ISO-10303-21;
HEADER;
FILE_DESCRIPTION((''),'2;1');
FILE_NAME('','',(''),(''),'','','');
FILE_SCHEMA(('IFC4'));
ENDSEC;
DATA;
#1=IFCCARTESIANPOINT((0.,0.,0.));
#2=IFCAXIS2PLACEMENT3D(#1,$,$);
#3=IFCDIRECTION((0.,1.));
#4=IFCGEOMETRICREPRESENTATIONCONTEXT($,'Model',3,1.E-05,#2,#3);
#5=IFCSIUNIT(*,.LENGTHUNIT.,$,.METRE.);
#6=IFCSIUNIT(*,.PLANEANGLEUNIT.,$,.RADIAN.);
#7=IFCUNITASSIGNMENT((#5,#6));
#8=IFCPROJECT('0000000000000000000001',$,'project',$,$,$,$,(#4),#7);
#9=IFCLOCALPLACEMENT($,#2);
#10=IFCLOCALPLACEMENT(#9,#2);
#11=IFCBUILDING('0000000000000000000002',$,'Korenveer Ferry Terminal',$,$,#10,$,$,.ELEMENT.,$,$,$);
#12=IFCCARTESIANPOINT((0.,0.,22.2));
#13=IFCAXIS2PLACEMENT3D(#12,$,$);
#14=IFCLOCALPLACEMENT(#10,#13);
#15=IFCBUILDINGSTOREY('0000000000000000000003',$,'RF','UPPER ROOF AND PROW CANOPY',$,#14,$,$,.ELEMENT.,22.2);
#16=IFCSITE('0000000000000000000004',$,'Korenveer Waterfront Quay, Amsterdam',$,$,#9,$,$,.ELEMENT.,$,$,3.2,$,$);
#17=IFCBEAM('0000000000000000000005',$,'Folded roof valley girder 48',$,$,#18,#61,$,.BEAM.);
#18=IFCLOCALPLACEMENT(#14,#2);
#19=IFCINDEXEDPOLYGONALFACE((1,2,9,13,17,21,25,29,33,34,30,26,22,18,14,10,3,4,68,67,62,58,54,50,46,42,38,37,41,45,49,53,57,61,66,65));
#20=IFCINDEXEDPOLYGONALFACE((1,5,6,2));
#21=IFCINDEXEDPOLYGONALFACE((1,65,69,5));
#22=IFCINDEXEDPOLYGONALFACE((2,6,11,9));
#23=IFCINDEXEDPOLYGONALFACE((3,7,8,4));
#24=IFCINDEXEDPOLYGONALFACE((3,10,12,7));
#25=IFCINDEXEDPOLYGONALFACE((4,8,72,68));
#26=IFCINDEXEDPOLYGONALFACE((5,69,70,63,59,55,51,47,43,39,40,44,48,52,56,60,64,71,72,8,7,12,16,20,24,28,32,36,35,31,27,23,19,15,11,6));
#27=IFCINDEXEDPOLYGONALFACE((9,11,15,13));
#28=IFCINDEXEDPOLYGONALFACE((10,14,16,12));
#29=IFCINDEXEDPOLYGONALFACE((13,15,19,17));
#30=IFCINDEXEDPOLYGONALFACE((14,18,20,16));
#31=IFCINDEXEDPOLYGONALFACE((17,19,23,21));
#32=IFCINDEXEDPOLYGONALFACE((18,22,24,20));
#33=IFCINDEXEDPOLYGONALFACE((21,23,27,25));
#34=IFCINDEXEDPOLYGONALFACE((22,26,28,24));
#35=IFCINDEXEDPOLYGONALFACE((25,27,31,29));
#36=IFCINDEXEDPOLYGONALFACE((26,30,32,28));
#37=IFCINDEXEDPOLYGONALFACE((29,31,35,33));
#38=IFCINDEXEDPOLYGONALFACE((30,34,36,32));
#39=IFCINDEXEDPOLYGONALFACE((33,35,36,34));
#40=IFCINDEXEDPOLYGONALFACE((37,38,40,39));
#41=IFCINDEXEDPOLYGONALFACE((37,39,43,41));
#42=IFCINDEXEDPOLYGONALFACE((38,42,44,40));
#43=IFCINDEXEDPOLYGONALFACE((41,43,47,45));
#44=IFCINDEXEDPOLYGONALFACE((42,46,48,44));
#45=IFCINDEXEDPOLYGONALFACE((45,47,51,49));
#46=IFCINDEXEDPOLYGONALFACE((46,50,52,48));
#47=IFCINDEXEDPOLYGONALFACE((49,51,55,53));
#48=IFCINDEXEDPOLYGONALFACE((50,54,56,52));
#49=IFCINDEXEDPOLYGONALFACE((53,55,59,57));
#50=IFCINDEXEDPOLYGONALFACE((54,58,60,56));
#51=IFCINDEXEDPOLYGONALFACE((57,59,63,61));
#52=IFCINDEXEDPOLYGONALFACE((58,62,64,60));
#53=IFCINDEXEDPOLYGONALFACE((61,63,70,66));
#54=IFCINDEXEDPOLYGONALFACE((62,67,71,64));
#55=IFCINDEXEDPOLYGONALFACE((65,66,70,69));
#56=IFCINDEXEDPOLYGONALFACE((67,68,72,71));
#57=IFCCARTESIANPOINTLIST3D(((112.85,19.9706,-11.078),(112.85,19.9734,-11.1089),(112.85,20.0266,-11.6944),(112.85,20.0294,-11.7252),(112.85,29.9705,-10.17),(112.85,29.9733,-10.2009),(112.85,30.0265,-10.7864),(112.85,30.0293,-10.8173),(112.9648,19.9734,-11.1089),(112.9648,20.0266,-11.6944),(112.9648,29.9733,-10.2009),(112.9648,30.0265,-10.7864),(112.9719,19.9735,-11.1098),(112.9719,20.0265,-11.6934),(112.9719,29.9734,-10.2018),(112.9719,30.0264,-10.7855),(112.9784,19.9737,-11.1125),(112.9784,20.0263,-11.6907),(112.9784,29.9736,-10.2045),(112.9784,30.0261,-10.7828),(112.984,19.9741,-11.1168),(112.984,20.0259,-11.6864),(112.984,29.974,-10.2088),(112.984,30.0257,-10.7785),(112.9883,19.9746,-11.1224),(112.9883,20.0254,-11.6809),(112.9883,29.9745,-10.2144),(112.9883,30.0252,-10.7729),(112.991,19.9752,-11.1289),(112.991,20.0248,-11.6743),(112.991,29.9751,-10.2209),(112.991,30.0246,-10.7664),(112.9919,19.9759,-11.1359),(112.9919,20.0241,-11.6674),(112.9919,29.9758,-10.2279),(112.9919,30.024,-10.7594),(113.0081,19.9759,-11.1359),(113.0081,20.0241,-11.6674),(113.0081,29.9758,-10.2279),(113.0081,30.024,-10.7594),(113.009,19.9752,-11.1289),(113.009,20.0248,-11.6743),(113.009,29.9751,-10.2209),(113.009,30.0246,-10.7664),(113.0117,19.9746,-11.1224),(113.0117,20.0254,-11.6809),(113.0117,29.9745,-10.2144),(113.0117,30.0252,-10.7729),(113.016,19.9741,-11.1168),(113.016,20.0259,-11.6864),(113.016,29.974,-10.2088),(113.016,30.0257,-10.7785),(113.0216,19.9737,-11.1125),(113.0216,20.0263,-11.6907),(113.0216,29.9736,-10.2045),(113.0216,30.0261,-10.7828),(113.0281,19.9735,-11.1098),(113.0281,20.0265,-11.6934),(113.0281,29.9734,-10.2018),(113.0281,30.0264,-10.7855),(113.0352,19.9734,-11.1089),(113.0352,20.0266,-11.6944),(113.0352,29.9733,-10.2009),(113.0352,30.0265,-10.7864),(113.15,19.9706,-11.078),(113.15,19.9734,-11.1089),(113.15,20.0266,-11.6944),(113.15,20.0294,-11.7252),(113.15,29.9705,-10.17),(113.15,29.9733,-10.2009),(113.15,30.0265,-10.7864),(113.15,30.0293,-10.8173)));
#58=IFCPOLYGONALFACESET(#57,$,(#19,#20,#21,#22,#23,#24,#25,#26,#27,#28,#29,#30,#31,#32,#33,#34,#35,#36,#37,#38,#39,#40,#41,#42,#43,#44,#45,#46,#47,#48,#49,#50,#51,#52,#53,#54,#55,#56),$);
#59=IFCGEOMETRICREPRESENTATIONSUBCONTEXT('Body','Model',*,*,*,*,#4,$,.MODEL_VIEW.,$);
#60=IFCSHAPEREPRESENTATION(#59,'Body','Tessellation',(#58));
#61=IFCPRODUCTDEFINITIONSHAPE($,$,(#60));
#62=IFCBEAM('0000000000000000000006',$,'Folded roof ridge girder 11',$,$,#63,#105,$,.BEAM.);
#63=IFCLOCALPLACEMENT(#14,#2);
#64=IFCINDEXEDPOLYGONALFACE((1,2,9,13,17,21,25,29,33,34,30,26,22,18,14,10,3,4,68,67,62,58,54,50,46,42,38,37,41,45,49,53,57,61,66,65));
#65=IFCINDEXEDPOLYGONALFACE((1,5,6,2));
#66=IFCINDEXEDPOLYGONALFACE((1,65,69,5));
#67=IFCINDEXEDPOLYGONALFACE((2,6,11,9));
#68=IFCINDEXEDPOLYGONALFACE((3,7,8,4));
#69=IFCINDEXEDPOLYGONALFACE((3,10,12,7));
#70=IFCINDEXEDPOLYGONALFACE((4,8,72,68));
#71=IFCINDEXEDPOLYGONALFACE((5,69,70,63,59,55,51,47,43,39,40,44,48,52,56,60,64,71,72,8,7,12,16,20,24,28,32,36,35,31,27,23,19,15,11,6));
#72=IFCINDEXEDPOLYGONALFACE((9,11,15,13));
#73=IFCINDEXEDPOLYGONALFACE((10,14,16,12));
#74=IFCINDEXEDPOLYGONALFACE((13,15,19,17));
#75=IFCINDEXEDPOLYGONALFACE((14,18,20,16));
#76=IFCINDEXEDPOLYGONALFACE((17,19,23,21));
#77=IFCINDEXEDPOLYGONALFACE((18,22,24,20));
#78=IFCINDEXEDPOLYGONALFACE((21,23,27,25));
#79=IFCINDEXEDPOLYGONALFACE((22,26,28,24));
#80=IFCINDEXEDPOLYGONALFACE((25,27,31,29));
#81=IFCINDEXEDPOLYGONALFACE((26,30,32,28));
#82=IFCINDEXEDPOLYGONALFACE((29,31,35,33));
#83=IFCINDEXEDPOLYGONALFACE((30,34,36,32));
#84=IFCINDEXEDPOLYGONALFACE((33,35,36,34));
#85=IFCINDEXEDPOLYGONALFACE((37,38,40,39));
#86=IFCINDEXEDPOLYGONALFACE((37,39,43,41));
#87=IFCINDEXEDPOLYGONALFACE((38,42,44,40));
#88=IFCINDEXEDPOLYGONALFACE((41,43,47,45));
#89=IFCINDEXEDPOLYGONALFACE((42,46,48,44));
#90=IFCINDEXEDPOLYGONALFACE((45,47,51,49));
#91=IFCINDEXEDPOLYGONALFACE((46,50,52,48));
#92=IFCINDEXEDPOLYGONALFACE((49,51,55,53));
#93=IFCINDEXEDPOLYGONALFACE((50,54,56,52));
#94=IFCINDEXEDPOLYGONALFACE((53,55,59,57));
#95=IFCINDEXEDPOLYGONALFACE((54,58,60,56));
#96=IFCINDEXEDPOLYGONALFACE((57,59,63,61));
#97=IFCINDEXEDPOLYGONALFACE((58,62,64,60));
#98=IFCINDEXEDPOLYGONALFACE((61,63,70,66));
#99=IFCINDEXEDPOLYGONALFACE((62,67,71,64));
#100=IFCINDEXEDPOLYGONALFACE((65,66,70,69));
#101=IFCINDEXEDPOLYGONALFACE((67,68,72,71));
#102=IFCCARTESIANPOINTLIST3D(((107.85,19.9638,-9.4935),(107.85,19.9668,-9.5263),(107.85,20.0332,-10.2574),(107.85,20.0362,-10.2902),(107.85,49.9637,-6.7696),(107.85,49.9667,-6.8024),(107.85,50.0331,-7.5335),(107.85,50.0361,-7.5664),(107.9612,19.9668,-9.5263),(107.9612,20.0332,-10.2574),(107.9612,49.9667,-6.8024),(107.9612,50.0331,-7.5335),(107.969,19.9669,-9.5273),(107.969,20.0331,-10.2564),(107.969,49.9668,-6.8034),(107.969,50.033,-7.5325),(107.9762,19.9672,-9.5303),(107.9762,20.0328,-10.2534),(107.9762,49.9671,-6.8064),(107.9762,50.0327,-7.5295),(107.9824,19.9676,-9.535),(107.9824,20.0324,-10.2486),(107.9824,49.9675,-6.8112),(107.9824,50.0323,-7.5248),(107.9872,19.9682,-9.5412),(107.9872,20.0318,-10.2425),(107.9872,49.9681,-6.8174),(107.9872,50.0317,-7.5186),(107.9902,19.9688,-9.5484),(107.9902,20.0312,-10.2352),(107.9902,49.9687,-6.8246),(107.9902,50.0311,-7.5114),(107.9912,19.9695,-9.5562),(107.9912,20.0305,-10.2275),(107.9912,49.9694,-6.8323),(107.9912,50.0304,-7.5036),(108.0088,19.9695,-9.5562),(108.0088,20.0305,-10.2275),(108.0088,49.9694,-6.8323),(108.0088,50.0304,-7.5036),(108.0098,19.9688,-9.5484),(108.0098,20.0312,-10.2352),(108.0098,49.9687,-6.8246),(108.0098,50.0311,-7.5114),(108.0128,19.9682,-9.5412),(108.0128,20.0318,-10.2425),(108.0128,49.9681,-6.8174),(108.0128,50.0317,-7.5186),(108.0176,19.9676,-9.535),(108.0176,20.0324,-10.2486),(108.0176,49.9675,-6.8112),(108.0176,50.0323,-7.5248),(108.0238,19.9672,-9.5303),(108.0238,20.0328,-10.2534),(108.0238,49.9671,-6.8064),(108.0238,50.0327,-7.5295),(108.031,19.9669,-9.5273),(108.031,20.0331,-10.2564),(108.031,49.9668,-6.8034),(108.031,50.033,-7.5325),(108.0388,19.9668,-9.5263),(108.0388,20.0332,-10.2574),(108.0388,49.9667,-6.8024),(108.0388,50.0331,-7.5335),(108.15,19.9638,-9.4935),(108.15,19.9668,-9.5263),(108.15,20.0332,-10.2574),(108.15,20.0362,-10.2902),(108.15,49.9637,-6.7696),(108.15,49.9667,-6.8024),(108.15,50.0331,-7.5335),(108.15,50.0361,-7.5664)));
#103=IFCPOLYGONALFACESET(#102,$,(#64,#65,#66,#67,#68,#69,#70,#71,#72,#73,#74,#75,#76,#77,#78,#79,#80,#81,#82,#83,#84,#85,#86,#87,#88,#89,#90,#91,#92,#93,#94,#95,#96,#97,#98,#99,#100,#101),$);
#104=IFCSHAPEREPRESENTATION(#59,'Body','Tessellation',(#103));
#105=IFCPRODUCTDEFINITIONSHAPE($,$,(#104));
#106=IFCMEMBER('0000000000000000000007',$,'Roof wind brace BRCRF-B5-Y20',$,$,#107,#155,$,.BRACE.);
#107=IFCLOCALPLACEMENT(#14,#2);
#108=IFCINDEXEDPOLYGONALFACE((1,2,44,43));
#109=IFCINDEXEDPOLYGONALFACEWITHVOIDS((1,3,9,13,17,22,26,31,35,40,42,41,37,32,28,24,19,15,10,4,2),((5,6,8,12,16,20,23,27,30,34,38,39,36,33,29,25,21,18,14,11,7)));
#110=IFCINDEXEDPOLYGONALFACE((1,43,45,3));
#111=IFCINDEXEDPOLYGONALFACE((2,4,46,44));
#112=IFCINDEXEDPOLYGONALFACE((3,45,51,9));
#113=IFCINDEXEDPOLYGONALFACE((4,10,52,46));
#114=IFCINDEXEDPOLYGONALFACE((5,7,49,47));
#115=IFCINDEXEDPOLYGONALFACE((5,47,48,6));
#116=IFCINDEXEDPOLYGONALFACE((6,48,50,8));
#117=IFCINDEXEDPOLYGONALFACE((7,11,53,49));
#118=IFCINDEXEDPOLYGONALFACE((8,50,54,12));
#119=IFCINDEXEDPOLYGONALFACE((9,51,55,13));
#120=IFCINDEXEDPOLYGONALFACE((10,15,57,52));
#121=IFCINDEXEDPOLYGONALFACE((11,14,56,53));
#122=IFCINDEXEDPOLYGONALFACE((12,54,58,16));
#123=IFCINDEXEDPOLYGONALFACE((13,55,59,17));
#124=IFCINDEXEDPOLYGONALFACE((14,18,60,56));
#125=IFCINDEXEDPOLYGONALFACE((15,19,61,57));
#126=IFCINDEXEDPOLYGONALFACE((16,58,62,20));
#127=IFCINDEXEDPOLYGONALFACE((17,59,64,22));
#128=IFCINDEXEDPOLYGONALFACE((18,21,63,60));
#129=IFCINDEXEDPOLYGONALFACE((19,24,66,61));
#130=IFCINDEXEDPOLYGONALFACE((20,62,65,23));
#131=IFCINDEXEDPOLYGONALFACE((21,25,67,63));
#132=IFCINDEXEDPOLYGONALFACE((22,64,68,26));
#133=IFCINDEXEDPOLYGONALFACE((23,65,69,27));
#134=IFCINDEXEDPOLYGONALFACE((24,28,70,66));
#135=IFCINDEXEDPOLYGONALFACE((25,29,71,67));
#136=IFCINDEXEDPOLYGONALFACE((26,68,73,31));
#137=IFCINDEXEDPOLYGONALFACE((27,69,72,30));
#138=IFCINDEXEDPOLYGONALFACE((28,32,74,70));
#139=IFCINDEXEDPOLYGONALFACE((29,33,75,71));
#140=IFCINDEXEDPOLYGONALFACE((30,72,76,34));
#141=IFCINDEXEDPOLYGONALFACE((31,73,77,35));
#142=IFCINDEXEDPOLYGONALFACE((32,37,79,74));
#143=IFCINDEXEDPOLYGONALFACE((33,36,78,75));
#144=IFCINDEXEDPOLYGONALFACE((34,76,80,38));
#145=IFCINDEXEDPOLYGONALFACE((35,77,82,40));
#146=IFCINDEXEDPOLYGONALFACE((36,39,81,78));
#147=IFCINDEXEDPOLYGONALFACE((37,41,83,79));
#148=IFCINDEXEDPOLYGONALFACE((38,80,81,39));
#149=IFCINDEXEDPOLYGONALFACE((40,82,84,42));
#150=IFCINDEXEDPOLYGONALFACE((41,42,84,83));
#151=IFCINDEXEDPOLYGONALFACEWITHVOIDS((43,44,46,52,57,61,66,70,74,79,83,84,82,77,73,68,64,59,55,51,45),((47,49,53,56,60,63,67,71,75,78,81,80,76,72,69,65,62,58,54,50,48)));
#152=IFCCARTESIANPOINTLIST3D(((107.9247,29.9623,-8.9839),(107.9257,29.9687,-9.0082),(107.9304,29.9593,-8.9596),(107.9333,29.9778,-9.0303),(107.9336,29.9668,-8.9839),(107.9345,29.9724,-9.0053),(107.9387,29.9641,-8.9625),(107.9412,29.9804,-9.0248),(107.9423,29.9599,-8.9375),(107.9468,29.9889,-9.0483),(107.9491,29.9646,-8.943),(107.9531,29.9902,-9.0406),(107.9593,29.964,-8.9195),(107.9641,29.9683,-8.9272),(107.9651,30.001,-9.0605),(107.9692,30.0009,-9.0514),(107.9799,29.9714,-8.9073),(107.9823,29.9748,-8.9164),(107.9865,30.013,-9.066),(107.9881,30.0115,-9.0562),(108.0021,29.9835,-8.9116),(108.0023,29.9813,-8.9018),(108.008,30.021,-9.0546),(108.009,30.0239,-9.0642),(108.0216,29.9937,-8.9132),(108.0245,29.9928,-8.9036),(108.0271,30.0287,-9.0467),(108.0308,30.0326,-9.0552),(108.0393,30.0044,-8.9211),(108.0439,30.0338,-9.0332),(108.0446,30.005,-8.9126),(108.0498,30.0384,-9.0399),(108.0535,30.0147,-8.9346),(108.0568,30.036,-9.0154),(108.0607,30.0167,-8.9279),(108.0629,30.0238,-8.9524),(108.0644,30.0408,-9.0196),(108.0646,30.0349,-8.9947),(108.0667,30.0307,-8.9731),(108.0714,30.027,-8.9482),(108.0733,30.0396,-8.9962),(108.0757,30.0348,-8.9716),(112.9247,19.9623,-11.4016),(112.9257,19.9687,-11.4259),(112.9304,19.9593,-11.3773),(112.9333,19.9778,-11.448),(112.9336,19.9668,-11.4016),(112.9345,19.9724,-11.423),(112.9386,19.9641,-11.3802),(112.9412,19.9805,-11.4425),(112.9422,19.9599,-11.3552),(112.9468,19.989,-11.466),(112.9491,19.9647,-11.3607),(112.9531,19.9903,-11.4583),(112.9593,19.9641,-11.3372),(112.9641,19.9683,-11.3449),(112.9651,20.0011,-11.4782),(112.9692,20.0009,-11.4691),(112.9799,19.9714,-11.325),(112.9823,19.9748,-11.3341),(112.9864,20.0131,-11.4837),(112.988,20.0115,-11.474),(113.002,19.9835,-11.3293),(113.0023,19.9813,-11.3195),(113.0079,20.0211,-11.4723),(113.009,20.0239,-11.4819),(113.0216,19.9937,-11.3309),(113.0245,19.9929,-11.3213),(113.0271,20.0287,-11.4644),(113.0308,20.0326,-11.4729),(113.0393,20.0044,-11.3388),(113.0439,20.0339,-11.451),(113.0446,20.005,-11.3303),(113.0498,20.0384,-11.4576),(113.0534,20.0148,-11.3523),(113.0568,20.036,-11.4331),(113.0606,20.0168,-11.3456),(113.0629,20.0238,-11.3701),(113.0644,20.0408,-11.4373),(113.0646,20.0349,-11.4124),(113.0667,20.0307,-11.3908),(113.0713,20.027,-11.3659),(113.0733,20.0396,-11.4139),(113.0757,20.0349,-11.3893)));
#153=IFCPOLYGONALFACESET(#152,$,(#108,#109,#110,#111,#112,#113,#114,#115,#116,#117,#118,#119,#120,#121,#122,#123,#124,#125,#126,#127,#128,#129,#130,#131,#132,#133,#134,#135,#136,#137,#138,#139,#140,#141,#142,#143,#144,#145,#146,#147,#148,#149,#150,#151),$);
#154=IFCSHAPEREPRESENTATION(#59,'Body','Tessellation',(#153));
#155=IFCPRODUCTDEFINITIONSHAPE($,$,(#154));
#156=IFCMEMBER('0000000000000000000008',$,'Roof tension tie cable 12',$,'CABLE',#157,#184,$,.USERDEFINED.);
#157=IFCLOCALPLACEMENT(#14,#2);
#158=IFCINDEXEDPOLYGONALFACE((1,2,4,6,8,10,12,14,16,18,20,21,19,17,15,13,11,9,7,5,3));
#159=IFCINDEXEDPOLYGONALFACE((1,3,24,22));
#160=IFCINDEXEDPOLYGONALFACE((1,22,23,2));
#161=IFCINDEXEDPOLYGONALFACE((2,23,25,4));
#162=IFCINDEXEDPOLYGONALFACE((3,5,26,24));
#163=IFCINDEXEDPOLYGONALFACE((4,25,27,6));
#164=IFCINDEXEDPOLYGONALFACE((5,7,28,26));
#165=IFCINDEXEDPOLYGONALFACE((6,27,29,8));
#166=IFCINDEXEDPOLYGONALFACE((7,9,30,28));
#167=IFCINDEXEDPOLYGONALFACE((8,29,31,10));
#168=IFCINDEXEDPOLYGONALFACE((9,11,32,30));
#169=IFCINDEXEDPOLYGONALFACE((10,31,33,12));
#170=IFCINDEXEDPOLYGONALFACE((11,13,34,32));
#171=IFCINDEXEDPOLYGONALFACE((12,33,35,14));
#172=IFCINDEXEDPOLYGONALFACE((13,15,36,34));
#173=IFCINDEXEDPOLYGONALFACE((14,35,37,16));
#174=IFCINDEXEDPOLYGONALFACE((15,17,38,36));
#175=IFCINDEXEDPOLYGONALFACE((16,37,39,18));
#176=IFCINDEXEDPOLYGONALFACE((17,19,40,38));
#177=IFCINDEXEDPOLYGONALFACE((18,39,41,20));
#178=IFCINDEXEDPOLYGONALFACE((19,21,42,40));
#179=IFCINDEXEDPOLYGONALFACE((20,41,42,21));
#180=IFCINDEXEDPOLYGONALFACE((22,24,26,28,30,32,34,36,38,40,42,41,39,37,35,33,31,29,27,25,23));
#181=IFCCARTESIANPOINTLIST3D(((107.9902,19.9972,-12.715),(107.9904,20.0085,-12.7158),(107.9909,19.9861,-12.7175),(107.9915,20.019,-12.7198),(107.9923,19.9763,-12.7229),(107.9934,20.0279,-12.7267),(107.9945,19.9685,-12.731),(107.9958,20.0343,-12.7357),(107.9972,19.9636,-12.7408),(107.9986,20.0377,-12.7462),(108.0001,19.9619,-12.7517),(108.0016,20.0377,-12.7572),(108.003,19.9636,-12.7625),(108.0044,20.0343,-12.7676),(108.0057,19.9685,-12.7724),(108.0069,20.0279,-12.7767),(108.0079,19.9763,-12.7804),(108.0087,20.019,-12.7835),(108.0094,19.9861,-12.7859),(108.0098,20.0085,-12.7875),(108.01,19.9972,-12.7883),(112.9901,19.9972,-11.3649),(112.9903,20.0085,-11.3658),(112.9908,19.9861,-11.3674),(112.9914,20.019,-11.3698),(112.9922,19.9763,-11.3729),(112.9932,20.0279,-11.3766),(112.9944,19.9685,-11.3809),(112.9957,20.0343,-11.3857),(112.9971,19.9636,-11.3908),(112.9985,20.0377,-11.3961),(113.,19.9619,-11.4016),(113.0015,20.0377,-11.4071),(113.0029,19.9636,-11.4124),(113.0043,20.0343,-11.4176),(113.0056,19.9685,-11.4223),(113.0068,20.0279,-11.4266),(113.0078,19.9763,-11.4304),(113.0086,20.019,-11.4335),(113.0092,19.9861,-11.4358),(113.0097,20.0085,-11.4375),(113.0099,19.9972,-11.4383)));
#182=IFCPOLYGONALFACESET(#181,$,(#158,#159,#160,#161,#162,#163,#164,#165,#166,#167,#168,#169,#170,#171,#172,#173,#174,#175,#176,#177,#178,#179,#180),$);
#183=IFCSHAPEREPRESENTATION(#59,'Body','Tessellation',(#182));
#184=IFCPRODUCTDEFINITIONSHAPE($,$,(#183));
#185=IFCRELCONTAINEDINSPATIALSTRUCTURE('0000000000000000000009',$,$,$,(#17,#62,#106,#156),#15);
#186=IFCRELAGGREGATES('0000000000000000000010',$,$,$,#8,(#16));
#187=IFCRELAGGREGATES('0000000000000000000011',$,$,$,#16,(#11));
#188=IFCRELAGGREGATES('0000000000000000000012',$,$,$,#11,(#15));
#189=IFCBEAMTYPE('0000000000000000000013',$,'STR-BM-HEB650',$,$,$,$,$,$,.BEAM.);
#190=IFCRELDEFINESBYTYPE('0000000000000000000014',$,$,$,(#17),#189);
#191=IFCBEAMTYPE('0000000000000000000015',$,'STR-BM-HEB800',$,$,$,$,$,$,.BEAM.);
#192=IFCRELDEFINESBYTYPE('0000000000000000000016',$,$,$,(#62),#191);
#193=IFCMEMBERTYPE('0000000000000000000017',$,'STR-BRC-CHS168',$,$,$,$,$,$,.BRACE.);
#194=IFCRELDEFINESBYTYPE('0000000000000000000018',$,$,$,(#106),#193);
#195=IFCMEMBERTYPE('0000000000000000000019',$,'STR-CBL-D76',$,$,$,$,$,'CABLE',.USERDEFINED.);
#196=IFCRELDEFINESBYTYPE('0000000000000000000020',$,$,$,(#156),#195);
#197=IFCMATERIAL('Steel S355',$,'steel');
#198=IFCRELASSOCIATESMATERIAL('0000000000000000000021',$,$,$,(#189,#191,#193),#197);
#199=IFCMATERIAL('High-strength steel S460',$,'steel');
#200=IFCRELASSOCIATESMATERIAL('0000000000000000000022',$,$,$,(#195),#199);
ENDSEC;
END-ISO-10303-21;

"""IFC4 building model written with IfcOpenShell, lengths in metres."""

from ifc_helpers import new_model, si_unit, direction, frame, origin, origin_2d, place, context, subcontext, project, spatial, circle, hollow_circle, i_section, extrude, material, material_profile, profile_set, type_object, element, save


model = new_model("IFC4")

# Units and contexts
model_context = context("Model", 3, precision=1e-05, world=origin(), true_north=direction((0.0, 1.0)))
body_context = subcontext(model_context, "Body", "Model", "MODEL_VIEW")
ifc_project = project(units=[si_unit("LENGTHUNIT", "METRE"), si_unit("PLANEANGLEUNIT", "RADIAN")], contexts=[model_context])

# Site, building, storey
site_placement = place(None, origin())
site = spatial("IfcSite", under=ifc_project, at=site_placement, Name="Korenveer Waterfront Quay, Amsterdam", CompositionType="ELEMENT", RefElevation=3.2)
building_placement = place(site_placement, origin())
building = spatial("IfcBuilding", under=site, at=building_placement, Name="Korenveer Ferry Terminal", CompositionType="ELEMENT")
storey_placement = place(building_placement, frame((0.0, 0.0, 22.2)))
storey = spatial("IfcBuildingStorey", under=building, at=storey_placement, Name="RF", Description="UPPER ROOF AND PROW CANOPY", CompositionType="ELEMENT", Elevation=22.2)

# Beams
ifc_material_1 = material(Name="Steel S355", Category="steel")
ifc_material_profile_1 = material_profile(ifc_material_1, i_section(OverallWidth=0.3, OverallDepth=0.6499, WebThickness=0.0161, FlangeThickness=0.031, FilletRadius=0.0271, at=origin_2d()), Name="HEB 650")
ifc_profile_set_1 = profile_set([ifc_material_profile_1], Name="Steel S355")
beam_type_1 = type_object("IfcBeamType", Name="STR-BM-HEB650", PredefinedType="BEAM", material=ifc_profile_set_1)
beam_1_placement = place(storey_placement, frame((113.0, 20.0, -11.4016), z_axis=(0.0, 0.995903, 0.090424), x_axis=(-1.0, 0.0, 0.0)))
element("IfcBeam", 1, at=beam_1_placement, inside=storey, type_object=beam_type_1, Name="Folded roof valley girder 48", PredefinedType="BEAM", context=body_context, shape_type="SweptSolid", body=[
    extrude(i_section(OverallWidth=0.3, OverallDepth=0.6499, WebThickness=0.0161, FlangeThickness=0.031, FilletRadius=0.0271, at=origin_2d()), origin(), (0.0, 0.0, 1.0), 10.041),
])
ifc_material_profile_2 = material_profile(ifc_material_1, i_section(OverallWidth=0.3, OverallDepth=0.8, WebThickness=0.0176, FlangeThickness=0.033, FilletRadius=0.03, at=origin_2d()), Name="HEB 800")
ifc_profile_set_2 = profile_set([ifc_material_profile_2], Name="Steel S355")
beam_type_2 = type_object("IfcBeamType", Name="STR-BM-HEB800", PredefinedType="BEAM", material=ifc_profile_set_2)
beam_2_placement = place(storey_placement, frame((108.0, 20.0, -9.8918), z_axis=(0.0, 0.995903, 0.090424), x_axis=(-1.0, 0.0, 0.0)))
element("IfcBeam", 2, at=beam_2_placement, inside=storey, type_object=beam_type_2, Name="Folded roof ridge girder 11", PredefinedType="BEAM", context=body_context, shape_type="SweptSolid", body=[
    extrude(i_section(OverallWidth=0.3, OverallDepth=0.8, WebThickness=0.0176, FlangeThickness=0.033, FilletRadius=0.03, at=origin_2d()), origin(), (0.0, 0.0, 1.0), 30.1233),
])

# Members
ifc_material_profile_3 = material_profile(ifc_material_1, hollow_circle(Radius=0.0842, WallThickness=0.01, at=origin_2d()), Name="CHS 168.3x10")
ifc_profile_set_3 = profile_set([ifc_material_profile_3], Name="Steel S355")
member_type_1 = type_object("IfcMemberType", Name="STR-BRC-CHS168", PredefinedType="BRACE", material=ifc_profile_set_3)
member_1_placement = place(storey_placement, frame((113.0, 20.0, -11.4016), z_axis=(-0.43711, 0.87422, 0.211362), x_axis=(-0.894427, -0.447214, 0.0)))
element("IfcMember", 3, at=member_1_placement, inside=storey, type_object=member_type_1, Name="Roof wind brace BRCRF-B5-Y20", PredefinedType="BRACE", context=body_context, shape_type="SweptSolid", body=[
    extrude(hollow_circle(Radius=0.0842, WallThickness=0.01, at=origin_2d()), origin(), (0.0, 0.0, 1.0), 11.4387),
])
ifc_material_2 = material(Name="High-strength steel S460", Category="steel")
ifc_material_profile_4 = material_profile(ifc_material_2, circle(Radius=0.0381, at=origin_2d()), Name="ROD D76")
ifc_profile_set_4 = profile_set([ifc_material_profile_4], Name="High-strength steel S460")
member_type_2 = type_object("IfcMemberType", Name="STR-CBL-D76", ElementType="CABLE", PredefinedType="USERDEFINED", material=ifc_profile_set_4)
for number, where, z_axis, x_axis, name in (
    (4, (113.0, 20.0, -11.4016), (-0.965424, 0.0, -0.260683), (0.0, -1.0, 0.0), "Roof tension tie cable 12"),
):
    element("IfcMember", number, at=place(storey_placement, frame(where, z_axis=z_axis, x_axis=x_axis)), inside=storey, type_object=member_type_2, Name=name, ObjectType="CABLE", PredefinedType="USERDEFINED", context=body_context, shape_type="SweptSolid", body=[
        extrude(circle(Radius=0.0381, at=origin_2d()), origin(), (0.0, 0.0, 1.0), 5.179),
    ])

save(model, "model.ifc")
